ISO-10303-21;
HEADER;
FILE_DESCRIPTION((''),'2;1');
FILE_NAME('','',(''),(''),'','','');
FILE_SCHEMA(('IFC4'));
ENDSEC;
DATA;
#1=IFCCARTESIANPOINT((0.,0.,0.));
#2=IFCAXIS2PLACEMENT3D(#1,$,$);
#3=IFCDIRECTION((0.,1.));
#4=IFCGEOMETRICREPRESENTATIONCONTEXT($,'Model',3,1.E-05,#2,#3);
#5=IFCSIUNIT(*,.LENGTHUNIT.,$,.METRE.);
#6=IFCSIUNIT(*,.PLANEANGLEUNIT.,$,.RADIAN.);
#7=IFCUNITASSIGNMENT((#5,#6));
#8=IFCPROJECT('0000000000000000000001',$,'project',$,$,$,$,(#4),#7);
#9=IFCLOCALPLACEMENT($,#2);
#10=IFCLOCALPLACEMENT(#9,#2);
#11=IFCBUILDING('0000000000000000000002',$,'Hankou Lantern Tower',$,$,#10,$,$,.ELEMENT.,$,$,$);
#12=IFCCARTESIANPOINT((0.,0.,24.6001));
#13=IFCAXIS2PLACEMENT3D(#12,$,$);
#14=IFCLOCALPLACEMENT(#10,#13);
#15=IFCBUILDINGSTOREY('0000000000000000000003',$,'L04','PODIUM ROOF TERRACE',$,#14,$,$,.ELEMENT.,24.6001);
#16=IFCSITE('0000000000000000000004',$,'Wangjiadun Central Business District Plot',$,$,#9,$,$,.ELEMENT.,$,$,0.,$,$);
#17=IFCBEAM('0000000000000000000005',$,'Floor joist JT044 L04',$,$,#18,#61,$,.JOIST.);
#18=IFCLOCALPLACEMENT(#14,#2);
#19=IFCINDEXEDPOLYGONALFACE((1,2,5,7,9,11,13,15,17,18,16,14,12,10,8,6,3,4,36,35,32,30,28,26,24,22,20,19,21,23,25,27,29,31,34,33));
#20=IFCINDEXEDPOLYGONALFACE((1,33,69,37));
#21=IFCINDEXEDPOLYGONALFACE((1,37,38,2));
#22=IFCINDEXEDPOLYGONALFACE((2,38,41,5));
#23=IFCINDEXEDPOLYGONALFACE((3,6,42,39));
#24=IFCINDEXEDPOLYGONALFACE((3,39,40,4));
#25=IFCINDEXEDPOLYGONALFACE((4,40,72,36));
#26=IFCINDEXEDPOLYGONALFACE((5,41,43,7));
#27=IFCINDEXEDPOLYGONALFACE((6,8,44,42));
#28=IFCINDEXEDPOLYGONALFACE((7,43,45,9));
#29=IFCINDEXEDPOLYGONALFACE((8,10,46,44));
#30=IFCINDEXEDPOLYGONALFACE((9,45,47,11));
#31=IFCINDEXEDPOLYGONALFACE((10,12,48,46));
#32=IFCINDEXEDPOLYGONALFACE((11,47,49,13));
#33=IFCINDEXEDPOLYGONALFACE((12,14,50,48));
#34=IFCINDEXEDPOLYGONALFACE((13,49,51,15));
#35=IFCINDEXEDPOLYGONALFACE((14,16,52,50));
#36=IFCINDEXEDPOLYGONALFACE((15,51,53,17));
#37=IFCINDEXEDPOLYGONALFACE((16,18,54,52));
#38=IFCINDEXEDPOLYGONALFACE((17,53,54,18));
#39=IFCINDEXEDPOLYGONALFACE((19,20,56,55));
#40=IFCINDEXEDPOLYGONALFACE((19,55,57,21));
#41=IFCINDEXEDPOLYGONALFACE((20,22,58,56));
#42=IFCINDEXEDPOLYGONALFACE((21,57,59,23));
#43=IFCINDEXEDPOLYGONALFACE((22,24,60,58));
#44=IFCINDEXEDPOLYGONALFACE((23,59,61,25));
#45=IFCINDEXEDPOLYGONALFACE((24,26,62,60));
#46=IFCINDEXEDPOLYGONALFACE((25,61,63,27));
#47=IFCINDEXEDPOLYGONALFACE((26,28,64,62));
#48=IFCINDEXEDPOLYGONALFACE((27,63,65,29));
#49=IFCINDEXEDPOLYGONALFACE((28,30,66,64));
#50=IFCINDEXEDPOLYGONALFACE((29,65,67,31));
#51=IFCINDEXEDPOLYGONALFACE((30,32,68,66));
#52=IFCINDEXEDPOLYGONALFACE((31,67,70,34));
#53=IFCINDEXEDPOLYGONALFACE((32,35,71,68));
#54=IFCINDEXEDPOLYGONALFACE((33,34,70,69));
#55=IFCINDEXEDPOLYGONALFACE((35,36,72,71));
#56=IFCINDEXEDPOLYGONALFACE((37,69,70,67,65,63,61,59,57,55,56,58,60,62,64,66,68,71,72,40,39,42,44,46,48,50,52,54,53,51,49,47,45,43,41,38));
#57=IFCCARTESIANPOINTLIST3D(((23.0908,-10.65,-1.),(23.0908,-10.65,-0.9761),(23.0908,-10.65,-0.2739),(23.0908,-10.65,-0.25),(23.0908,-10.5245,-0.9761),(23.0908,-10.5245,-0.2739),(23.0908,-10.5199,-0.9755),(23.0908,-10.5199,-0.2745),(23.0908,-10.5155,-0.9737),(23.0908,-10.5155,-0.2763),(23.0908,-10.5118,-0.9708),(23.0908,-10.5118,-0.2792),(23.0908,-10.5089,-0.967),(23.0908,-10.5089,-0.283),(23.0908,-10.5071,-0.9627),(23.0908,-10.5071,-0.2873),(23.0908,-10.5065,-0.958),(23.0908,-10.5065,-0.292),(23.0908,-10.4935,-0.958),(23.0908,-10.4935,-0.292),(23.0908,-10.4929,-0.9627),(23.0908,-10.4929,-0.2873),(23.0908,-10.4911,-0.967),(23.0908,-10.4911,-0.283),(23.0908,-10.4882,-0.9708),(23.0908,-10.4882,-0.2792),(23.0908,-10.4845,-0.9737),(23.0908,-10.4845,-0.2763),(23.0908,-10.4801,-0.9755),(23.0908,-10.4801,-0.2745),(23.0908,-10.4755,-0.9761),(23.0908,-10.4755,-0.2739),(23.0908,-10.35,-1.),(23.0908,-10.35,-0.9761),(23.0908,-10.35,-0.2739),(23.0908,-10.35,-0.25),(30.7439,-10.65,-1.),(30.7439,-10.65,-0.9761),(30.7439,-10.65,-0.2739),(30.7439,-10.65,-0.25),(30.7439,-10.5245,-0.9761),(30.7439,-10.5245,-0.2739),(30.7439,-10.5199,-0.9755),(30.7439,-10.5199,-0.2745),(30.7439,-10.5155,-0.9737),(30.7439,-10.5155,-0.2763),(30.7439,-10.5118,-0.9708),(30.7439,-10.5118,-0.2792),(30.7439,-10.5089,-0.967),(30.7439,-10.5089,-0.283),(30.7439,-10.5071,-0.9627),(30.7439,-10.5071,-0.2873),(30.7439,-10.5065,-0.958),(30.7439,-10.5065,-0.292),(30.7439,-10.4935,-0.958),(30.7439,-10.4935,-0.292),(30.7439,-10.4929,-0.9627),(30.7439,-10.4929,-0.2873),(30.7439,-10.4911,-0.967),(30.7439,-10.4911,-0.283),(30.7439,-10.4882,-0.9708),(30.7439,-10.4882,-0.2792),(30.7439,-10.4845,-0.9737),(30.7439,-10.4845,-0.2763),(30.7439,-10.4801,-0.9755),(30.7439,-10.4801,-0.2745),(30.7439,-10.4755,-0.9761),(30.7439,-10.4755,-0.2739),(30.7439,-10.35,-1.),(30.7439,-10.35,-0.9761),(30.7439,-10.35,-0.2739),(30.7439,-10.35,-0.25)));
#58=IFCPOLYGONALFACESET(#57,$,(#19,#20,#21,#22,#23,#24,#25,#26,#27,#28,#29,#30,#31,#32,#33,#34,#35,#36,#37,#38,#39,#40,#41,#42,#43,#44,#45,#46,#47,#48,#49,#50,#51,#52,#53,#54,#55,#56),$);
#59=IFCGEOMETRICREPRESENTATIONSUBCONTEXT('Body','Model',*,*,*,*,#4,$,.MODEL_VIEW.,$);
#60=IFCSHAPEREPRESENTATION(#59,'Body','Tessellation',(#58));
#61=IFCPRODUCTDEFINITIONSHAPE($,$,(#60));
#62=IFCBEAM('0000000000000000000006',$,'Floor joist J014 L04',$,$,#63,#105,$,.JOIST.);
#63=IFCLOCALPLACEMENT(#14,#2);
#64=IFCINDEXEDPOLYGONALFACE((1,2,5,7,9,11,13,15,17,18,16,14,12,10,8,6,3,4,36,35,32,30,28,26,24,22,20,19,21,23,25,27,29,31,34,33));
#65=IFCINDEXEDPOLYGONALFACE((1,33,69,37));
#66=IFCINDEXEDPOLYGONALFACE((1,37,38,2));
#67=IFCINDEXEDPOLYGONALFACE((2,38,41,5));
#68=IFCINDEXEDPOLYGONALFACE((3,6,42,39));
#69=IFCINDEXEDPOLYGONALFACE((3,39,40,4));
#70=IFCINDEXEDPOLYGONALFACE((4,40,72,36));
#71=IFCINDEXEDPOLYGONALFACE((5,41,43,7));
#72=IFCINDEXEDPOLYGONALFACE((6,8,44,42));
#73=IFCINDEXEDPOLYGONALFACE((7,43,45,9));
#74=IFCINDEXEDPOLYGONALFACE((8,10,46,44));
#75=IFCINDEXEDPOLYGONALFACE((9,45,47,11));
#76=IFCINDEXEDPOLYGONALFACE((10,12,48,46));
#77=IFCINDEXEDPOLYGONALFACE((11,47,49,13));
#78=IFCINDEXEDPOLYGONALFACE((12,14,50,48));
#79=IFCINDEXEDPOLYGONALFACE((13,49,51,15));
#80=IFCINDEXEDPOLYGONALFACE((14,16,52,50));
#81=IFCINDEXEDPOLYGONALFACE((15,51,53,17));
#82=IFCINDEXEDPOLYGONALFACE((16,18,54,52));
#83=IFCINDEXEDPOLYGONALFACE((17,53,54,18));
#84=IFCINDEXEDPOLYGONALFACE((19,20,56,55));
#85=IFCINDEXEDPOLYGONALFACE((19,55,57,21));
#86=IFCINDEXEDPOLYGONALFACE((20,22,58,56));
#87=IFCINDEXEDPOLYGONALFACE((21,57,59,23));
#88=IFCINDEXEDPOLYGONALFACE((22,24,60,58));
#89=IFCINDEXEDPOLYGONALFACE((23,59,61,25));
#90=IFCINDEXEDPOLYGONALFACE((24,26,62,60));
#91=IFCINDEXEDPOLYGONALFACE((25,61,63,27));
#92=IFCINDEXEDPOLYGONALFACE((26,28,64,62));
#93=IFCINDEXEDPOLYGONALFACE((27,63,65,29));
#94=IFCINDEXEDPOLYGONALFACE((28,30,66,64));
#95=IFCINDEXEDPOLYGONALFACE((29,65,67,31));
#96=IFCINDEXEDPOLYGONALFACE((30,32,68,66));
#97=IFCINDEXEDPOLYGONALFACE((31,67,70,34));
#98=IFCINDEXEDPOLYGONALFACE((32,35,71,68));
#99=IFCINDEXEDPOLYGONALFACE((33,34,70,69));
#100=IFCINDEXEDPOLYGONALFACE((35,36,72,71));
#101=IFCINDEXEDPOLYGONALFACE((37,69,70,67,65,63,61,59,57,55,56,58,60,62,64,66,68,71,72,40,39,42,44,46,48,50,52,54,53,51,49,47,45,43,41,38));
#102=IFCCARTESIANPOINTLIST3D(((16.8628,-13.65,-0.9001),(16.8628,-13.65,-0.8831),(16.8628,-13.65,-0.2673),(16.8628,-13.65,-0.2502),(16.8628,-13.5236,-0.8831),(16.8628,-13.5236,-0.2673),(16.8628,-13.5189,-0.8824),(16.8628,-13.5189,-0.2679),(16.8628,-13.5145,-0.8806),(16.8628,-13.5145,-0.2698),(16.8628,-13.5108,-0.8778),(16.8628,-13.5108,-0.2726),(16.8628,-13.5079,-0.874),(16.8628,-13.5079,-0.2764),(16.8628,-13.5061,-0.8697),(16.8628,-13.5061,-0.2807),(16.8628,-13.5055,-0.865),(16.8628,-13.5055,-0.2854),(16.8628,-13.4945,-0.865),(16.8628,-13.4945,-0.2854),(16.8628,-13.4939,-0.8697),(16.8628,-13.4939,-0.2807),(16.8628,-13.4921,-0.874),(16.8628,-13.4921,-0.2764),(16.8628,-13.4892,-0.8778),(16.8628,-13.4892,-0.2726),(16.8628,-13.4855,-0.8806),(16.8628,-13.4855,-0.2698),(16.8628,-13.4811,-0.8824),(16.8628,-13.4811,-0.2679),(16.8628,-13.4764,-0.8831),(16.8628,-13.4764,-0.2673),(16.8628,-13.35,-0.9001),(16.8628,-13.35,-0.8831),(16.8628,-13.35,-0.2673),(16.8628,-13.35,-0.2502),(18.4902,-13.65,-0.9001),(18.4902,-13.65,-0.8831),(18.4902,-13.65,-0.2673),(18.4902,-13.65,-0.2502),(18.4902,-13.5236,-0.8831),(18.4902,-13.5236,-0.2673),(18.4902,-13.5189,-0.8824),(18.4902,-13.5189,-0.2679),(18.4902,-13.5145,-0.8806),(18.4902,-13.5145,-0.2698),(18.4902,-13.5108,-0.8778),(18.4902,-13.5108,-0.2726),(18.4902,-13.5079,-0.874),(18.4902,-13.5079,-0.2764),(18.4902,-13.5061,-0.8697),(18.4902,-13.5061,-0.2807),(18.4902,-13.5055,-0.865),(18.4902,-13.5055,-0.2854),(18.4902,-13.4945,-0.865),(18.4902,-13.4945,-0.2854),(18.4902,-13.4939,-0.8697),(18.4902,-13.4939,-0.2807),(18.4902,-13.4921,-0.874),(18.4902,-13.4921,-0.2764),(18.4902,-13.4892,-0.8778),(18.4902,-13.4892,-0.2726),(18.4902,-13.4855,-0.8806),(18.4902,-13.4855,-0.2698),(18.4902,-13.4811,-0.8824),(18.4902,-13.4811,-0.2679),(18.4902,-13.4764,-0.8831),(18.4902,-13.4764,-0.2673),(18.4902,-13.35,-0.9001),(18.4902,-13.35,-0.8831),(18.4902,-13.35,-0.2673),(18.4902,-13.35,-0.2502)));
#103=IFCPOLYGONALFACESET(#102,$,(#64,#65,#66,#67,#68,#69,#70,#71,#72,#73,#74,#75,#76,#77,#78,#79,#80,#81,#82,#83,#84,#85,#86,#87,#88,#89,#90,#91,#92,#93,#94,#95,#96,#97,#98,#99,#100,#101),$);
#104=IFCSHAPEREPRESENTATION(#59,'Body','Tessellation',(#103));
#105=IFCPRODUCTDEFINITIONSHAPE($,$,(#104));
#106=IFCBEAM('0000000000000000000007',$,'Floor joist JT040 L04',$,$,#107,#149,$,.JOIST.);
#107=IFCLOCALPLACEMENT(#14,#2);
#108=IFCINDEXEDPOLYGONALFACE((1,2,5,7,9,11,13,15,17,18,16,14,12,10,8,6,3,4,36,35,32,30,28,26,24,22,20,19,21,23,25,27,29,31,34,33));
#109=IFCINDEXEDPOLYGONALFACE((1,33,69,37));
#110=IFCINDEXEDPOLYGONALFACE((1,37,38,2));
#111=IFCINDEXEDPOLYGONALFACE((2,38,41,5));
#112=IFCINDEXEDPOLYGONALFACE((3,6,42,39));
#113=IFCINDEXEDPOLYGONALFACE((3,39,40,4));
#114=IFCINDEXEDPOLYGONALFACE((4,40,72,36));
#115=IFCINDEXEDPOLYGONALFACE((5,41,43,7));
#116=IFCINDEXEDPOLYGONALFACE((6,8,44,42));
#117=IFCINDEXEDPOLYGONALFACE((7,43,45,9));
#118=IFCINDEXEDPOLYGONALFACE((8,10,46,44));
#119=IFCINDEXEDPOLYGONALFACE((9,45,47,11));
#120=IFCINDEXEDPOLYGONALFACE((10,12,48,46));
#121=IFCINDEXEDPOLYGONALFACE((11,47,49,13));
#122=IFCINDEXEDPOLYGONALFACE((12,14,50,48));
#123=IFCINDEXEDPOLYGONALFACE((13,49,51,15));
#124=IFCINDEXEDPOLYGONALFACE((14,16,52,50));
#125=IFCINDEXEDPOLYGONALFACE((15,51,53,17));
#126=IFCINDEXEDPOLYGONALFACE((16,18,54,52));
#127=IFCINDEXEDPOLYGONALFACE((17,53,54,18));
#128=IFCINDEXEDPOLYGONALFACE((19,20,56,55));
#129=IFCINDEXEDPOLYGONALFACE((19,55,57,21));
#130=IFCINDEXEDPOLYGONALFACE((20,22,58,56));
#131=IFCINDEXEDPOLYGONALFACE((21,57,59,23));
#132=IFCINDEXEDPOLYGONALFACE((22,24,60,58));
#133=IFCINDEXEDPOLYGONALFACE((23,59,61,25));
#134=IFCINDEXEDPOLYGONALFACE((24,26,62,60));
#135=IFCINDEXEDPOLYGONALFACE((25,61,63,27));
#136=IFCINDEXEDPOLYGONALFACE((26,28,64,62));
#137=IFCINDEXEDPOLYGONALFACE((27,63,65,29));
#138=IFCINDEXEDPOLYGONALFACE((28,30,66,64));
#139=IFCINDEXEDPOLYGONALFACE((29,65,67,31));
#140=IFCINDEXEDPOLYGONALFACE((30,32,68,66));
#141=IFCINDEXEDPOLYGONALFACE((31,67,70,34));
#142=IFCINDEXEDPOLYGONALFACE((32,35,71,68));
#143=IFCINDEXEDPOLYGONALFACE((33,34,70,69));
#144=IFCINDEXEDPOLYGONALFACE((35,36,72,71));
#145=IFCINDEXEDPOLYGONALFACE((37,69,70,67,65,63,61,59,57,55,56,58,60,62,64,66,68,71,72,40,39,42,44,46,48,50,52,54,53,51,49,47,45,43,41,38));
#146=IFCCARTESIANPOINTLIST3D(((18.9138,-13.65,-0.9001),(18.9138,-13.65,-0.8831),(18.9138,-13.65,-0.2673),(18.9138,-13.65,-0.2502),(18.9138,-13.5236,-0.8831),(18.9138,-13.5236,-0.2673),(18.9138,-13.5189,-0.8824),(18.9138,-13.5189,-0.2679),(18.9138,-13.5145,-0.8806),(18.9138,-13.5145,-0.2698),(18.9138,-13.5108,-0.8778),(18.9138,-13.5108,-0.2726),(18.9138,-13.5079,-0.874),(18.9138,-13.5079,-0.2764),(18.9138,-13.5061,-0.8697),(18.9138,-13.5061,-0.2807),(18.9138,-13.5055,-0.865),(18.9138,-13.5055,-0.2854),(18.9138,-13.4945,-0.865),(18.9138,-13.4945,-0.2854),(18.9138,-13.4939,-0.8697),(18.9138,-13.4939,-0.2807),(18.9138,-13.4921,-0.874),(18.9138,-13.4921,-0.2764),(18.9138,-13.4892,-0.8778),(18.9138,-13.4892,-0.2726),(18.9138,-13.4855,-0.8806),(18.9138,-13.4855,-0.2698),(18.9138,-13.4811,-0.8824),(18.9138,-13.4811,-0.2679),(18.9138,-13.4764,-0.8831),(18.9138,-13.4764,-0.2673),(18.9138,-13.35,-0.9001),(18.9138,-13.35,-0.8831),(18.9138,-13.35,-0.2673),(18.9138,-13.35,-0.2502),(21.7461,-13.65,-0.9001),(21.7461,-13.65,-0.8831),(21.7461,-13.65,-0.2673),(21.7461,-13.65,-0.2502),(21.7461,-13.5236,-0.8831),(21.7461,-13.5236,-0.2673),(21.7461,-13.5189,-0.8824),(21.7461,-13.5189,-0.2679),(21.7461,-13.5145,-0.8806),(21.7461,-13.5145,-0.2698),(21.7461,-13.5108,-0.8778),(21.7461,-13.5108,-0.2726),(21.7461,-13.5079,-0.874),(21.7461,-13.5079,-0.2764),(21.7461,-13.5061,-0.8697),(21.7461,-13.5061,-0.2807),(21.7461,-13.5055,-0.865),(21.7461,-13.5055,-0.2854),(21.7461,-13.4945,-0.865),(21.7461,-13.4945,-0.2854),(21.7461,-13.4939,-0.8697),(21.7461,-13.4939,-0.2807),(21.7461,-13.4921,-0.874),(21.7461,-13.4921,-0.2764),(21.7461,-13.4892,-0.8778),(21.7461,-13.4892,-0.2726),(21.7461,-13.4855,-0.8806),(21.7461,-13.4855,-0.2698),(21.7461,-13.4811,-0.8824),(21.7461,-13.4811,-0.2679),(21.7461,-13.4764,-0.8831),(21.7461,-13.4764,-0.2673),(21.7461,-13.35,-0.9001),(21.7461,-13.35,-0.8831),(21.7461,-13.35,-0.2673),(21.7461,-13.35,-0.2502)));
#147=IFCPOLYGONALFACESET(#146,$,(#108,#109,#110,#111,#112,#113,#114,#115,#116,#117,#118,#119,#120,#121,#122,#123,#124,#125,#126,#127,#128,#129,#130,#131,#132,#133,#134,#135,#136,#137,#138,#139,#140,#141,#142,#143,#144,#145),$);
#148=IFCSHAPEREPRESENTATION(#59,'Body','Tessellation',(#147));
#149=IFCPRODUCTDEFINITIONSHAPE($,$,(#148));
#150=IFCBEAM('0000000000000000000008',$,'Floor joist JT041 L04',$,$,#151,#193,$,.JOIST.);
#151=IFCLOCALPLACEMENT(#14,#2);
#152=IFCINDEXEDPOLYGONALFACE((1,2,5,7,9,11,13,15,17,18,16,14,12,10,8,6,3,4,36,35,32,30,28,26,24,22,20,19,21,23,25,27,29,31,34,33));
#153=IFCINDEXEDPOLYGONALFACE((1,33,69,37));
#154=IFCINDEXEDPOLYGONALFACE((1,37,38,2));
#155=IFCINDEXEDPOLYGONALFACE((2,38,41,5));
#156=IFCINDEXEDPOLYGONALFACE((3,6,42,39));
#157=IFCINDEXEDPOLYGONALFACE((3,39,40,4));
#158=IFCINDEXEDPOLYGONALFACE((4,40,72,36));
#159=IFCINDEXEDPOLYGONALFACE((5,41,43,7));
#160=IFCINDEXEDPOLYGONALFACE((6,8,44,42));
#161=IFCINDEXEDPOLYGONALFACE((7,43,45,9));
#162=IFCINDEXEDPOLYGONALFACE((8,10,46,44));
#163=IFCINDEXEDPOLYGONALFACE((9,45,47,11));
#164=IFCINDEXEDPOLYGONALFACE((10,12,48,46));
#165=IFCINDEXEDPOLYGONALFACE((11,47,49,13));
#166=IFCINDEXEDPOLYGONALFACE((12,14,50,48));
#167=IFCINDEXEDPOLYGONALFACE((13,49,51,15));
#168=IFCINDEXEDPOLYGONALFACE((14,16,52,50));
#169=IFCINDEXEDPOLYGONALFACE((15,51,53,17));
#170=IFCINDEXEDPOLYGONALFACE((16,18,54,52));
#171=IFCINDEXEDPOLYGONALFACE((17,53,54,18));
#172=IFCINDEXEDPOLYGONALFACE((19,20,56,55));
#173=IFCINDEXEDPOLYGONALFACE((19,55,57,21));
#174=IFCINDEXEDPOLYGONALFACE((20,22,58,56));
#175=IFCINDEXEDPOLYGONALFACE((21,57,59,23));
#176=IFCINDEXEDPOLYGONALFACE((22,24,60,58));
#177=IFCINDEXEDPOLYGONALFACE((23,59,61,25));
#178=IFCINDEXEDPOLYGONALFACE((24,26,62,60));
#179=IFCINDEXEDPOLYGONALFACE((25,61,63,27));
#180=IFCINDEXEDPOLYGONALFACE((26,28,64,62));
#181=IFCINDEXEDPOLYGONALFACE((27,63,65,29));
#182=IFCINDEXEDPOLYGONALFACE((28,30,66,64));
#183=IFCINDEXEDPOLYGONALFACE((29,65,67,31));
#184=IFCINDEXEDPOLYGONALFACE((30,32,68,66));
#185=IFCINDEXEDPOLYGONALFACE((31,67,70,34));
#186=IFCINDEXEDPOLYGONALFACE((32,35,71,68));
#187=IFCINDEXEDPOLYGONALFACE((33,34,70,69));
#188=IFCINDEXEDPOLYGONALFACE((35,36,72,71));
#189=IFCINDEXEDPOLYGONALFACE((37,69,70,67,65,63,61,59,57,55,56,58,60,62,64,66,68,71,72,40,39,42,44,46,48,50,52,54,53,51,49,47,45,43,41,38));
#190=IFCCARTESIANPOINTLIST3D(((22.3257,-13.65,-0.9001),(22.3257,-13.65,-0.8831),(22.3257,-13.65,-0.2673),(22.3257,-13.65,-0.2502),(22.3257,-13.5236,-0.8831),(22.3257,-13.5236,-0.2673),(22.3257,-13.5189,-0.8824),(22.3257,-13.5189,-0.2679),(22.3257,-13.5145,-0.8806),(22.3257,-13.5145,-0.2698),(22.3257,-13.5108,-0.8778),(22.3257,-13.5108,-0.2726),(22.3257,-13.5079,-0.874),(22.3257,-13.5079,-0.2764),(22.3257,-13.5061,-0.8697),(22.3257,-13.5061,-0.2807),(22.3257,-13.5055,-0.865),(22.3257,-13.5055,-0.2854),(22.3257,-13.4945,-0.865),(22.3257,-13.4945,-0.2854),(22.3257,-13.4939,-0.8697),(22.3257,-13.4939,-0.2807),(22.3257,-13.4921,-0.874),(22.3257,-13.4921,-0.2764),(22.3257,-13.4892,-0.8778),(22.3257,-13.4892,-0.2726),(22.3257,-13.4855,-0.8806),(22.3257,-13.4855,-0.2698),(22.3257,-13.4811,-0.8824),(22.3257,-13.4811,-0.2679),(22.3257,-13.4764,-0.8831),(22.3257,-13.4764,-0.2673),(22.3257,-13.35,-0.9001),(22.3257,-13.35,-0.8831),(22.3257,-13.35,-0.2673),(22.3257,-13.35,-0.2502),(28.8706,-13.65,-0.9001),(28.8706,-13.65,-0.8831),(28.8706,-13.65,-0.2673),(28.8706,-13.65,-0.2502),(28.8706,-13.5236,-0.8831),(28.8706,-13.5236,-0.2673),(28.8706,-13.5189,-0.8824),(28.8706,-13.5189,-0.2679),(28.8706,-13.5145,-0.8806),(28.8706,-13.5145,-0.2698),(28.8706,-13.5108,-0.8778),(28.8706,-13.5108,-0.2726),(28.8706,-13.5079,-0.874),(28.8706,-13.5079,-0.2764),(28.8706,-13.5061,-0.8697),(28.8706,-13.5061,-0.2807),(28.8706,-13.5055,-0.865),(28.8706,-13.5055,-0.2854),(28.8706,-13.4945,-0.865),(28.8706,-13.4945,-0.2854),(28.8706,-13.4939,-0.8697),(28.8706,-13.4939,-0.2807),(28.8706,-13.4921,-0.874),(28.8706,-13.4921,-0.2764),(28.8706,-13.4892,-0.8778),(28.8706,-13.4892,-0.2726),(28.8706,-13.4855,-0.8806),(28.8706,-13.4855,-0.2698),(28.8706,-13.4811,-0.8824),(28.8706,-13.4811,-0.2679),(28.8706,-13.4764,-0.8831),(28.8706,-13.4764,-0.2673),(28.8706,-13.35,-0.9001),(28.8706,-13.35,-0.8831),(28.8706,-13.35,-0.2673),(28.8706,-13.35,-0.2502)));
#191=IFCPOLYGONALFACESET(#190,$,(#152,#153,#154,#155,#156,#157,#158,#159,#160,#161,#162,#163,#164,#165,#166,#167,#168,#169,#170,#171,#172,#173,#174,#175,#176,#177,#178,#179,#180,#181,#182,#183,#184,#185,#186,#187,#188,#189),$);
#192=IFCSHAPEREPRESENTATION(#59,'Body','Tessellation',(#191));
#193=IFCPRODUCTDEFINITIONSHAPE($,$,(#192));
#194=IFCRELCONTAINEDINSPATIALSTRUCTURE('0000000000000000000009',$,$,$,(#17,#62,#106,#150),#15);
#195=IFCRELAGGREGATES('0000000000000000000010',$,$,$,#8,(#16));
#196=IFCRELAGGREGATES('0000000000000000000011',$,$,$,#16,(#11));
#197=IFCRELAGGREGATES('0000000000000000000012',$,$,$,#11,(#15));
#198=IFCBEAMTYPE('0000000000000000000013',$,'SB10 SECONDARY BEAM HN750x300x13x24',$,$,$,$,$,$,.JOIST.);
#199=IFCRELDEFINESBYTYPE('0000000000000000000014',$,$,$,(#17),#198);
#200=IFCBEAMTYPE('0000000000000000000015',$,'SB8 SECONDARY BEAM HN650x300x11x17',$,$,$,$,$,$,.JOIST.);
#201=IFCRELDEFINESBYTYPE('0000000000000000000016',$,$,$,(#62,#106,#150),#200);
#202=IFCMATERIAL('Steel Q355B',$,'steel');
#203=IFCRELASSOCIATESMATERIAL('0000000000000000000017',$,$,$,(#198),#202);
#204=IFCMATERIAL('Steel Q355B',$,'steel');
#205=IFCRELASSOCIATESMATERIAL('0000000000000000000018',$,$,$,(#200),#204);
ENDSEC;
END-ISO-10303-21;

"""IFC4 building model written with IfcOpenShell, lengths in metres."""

from ifc_helpers import new_model, si_unit, direction, frame, origin, origin_2d, place, context, subcontext, project, spatial, i_section, extrude, material, material_profile, profile_set, type_object, element, save


model = new_model("IFC4")

# Units and contexts
model_context = context("Model", 3, precision=1e-05, world=origin(), true_north=direction((0.0, 1.0)))
body_context = subcontext(model_context, "Body", "Model", "MODEL_VIEW")
ifc_project = project(units=[si_unit("LENGTHUNIT", "METRE"), si_unit("PLANEANGLEUNIT", "RADIAN")], contexts=[model_context])

# Site, building, storey
site_placement = place(None, origin())
site = spatial("IfcSite", under=ifc_project, at=site_placement, Name="Wangjiadun Central Business District Plot", CompositionType="ELEMENT", RefElevation=0.0)
building_placement = place(site_placement, origin())
building = spatial("IfcBuilding", under=site, at=building_placement, Name="Hankou Lantern Tower", CompositionType="ELEMENT")
storey_placement = place(building_placement, frame((0.0, 0.0, 24.6001)))
storey = spatial("IfcBuildingStorey", under=building, at=storey_placement, Name="L04", Description="PODIUM ROOF TERRACE", CompositionType="ELEMENT", Elevation=24.6001)

# Beams
ifc_material_1 = material(Name="Steel Q355B", Category="steel")
ifc_material_profile_1 = material_profile(ifc_material_1, i_section(OverallWidth=0.3, OverallDepth=0.75, WebThickness=0.0129, FlangeThickness=0.0239, FilletRadius=0.0181, at=origin_2d()), Name="HN750x300x13x24")
ifc_profile_set_1 = profile_set([ifc_material_profile_1], Name="Steel Q355B")
beam_type_1 = type_object("IfcBeamType", Name="SB10 SECONDARY BEAM HN750x300x13x24", PredefinedType="JOIST", material=ifc_profile_set_1)
beam_1_placement = place(storey_placement, frame((23.0908, -10.5, -0.625), z_axis=(1.0, 0.0, 0.0), x_axis=(0.0, 1.0, 0.0)))
element("IfcBeam", 1, at=beam_1_placement, inside=storey, type_object=beam_type_1, Name="Floor joist JT044 L04", PredefinedType="JOIST", context=body_context, shape_type="SweptSolid", body=[
    extrude(i_section(OverallWidth=0.3, OverallDepth=0.75, WebThickness=0.0129, FlangeThickness=0.0239, FilletRadius=0.0181, at=origin_2d()), origin(), (0.0, 0.0, 1.0), 7.6531),
])
ifc_material_2 = material(Name="Steel Q355B", Category="steel")
ifc_material_profile_2 = material_profile(ifc_material_2, i_section(OverallWidth=0.3, OverallDepth=0.6499, WebThickness=0.011, FlangeThickness=0.0171, FilletRadius=0.0181, at=origin_2d()), Name="HN650x300x11x17")
ifc_profile_set_2 = profile_set([ifc_material_profile_2], Name="Steel Q355B")
beam_type_2 = type_object("IfcBeamType", Name="SB8 SECONDARY BEAM HN650x300x11x17", PredefinedType="JOIST", material=ifc_profile_set_2)
beam_2_placement = place(storey_placement, frame((16.8628, -13.5, -0.5752), z_axis=(1.0, 0.0, 0.0), x_axis=(0.0, 1.0, 0.0)))
element("IfcBeam", 2, at=beam_2_placement, inside=storey, type_object=beam_type_2, Name="Floor joist J014 L04", PredefinedType="JOIST", context=body_context, shape_type="SweptSolid", body=[
    extrude(i_section(OverallWidth=0.3, OverallDepth=0.6499, WebThickness=0.011, FlangeThickness=0.0171, FilletRadius=0.0181, at=origin_2d()), origin(), (0.0, 0.0, 1.0), 1.6274),
])
beam_3_placement = place(storey_placement, frame((18.9138, -13.5, -0.5752), z_axis=(1.0, 0.0, 0.0), x_axis=(0.0, 1.0, 0.0)))
element("IfcBeam", 3, at=beam_3_placement, inside=storey, type_object=beam_type_2, Name="Floor joist JT040 L04", PredefinedType="JOIST", context=body_context, shape_type="SweptSolid", body=[
    extrude(i_section(OverallWidth=0.3, OverallDepth=0.6499, WebThickness=0.011, FlangeThickness=0.0171, FilletRadius=0.0181, at=origin_2d()), origin(), (0.0, 0.0, 1.0), 2.8323),
])
beam_4_placement = place(storey_placement, frame((22.3257, -13.5, -0.5752), z_axis=(1.0, 0.0, 0.0), x_axis=(0.0, 1.0, 0.0)))
element("IfcBeam", 4, at=beam_4_placement, inside=storey, type_object=beam_type_2, Name="Floor joist JT041 L04", PredefinedType="JOIST", context=body_context, shape_type="SweptSolid", body=[
    extrude(i_section(OverallWidth=0.3, OverallDepth=0.6499, WebThickness=0.011, FlangeThickness=0.0171, FilletRadius=0.0181, at=origin_2d()), origin(), (0.0, 0.0, 1.0), 6.5449),
])

save(model, "model.ifc")
